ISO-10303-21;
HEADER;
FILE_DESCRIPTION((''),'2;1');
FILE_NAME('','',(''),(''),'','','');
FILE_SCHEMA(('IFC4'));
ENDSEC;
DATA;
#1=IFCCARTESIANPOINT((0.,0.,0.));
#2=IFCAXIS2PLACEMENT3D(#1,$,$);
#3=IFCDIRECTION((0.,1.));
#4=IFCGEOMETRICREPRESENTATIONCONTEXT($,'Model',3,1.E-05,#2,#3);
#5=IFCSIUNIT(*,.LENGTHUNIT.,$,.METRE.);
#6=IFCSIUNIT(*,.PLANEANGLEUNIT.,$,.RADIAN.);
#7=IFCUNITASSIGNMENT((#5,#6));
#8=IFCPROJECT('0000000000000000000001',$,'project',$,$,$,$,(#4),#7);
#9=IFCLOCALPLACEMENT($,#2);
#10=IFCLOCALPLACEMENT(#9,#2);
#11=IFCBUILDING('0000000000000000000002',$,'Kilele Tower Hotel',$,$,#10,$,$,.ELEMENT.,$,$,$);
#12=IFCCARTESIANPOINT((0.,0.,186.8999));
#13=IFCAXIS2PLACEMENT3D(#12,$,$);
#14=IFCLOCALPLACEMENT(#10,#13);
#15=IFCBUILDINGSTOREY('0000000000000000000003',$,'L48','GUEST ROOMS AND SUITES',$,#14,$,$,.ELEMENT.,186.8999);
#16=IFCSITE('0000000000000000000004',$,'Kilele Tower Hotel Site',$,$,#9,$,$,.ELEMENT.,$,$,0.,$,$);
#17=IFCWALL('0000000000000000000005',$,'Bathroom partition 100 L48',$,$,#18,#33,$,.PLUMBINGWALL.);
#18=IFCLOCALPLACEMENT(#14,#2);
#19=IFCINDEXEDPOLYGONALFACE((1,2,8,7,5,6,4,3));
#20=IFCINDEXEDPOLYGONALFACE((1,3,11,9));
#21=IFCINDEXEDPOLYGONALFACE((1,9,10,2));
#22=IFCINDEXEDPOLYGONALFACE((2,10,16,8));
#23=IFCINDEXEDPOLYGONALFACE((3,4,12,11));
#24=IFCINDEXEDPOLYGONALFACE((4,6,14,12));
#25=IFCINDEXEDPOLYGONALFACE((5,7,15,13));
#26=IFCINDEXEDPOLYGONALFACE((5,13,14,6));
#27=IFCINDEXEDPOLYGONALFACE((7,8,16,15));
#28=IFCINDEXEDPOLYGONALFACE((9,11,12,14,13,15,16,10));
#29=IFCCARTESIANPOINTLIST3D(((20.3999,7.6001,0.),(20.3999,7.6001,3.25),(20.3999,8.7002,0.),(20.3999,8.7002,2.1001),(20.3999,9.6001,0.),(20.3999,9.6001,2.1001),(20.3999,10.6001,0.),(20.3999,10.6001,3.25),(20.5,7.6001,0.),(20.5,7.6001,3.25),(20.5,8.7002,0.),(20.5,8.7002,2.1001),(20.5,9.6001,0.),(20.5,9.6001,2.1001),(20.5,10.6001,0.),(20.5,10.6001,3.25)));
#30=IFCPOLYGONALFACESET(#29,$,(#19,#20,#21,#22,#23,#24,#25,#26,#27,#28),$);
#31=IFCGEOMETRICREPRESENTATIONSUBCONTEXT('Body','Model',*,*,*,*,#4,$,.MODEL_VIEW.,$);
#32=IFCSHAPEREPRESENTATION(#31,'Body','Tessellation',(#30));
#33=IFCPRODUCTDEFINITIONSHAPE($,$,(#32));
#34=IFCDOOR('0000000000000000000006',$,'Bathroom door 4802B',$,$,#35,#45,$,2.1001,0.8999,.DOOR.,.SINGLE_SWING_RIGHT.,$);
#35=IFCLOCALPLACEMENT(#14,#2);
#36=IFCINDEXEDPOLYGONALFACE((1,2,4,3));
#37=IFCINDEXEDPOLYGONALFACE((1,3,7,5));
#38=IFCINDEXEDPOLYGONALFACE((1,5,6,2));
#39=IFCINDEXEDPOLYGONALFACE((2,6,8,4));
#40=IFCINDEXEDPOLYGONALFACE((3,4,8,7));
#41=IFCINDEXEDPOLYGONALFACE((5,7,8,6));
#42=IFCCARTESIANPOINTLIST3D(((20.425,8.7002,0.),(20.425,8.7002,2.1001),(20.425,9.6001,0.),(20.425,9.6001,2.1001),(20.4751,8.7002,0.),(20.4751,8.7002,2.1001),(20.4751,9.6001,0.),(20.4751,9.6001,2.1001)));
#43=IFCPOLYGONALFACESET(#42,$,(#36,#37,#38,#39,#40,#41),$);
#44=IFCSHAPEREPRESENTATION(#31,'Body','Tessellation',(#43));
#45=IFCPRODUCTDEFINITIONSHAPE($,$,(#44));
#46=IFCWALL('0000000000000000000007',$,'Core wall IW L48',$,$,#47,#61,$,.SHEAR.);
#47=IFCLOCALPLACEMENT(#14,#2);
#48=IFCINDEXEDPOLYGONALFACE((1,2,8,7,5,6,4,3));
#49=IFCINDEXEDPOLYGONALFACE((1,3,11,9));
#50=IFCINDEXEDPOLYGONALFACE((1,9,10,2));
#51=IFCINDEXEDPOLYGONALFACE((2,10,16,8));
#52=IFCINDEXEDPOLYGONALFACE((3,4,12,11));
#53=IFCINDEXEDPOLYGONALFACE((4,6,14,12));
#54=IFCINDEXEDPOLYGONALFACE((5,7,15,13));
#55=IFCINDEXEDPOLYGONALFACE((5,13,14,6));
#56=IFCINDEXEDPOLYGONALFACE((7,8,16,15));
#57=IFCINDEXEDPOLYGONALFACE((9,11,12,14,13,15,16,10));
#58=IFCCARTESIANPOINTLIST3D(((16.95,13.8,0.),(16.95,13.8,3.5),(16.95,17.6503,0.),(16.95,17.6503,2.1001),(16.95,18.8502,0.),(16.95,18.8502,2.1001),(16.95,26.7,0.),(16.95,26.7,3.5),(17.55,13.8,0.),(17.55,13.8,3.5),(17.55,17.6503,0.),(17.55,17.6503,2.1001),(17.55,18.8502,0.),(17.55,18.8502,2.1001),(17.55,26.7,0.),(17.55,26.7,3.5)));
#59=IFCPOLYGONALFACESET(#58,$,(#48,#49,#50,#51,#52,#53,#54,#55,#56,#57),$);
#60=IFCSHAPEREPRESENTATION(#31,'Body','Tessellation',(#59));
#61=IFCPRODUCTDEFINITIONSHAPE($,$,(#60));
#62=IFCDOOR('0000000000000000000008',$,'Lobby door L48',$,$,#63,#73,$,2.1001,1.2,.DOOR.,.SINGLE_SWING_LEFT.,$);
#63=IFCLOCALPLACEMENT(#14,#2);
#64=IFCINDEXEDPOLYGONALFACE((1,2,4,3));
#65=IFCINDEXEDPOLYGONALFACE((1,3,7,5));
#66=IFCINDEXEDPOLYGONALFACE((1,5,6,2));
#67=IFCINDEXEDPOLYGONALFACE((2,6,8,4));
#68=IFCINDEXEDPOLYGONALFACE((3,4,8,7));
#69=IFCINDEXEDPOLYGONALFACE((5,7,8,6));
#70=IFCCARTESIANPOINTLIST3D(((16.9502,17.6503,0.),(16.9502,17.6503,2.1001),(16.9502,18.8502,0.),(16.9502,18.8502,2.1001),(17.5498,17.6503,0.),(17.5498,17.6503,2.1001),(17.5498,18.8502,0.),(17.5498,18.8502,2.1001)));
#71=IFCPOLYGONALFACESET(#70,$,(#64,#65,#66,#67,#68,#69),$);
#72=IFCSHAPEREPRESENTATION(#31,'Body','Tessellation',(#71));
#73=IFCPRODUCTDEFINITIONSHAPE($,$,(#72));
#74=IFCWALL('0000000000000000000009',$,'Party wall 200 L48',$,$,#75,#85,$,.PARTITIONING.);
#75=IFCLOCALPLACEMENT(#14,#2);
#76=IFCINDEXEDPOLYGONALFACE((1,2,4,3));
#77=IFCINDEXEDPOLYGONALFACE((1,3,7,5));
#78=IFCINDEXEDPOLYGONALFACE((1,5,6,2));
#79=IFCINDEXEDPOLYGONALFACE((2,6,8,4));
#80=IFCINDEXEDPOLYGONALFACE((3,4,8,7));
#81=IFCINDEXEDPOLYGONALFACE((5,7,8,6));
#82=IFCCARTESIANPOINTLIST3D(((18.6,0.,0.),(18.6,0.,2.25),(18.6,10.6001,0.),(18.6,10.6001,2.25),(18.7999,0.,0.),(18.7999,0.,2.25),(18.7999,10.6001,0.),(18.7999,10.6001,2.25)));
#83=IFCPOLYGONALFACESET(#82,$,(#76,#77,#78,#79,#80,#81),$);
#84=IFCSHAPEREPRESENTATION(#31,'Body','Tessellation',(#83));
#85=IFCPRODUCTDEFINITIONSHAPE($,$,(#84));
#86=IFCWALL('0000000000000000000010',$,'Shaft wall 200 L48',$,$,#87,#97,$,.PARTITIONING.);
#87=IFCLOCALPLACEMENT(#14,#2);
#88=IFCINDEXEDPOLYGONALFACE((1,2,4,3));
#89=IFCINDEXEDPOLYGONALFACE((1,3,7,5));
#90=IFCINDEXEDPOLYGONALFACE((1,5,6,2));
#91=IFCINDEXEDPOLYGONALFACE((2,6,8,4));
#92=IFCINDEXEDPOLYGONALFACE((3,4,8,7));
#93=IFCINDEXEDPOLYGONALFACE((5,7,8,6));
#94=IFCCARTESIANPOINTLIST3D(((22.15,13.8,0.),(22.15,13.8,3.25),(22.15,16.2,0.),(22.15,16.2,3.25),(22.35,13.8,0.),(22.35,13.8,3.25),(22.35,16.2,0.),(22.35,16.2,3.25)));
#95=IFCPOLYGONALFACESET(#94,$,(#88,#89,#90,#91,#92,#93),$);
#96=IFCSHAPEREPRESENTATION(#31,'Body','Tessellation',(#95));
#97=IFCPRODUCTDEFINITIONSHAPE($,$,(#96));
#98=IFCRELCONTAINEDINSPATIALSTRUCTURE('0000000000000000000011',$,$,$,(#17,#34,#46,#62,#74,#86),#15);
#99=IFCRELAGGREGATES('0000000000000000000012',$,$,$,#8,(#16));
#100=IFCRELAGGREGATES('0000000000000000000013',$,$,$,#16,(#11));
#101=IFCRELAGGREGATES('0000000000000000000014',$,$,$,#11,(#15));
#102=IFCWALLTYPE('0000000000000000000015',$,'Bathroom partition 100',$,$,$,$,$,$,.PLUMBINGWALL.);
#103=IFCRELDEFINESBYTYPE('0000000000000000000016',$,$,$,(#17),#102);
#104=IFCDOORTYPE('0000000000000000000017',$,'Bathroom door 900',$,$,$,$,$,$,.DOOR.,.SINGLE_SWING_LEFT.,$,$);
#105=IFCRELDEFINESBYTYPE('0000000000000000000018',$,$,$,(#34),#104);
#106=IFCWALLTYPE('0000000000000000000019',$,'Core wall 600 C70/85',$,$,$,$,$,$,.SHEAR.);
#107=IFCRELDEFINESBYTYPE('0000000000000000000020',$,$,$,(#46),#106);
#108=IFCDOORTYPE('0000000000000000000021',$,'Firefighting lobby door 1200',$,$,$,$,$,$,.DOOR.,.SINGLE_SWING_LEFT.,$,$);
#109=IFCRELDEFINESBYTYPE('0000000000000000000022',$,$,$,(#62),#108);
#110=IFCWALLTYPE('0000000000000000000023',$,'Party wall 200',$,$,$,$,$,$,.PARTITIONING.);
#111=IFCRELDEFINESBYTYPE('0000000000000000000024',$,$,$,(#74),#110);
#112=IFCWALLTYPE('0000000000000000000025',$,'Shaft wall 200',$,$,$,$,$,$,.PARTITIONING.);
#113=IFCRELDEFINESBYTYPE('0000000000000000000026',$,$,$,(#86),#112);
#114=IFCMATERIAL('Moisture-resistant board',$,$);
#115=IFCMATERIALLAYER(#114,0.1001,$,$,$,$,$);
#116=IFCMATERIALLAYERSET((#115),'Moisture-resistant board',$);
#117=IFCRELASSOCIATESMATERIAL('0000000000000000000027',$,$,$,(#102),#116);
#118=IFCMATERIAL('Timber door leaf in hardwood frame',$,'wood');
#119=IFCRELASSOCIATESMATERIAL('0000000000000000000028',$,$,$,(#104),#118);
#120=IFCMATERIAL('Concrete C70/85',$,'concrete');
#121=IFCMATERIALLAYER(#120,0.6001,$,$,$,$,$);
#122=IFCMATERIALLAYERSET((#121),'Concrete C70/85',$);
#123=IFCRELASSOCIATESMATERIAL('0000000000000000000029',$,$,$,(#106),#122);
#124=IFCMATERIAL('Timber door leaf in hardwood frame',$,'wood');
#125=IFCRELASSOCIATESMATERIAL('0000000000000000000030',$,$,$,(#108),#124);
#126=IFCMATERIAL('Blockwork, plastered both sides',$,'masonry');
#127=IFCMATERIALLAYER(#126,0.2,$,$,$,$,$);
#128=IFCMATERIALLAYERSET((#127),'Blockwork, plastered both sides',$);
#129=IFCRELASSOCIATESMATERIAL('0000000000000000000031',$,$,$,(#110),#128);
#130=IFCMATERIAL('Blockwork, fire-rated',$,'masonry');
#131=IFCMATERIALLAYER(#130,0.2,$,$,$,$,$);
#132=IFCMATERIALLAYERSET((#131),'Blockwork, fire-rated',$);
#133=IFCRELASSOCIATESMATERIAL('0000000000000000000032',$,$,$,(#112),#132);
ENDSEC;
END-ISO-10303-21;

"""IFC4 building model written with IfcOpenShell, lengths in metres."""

from ifc_helpers import new_model, si_unit, direction, frame, frame_2d, origin, place, context, subcontext, project, spatial, rectangle, extrude, material, layer, layer_set, type_object, element, fill, save


model = new_model("IFC4")

# Units and contexts
model_context = context("Model", 3, precision=1e-05, world=origin(), true_north=direction((0.0, 1.0)))
body_context = subcontext(model_context, "Body", "Model", "MODEL_VIEW")
ifc_project = project(units=[si_unit("LENGTHUNIT", "METRE"), si_unit("PLANEANGLEUNIT", "RADIAN")], contexts=[model_context])

# Site, building, storey
site_placement = place(None, origin())
site = spatial("IfcSite", under=ifc_project, at=site_placement, Name="Kilele Tower Hotel Site", CompositionType="ELEMENT", RefElevation=0.0)
building_placement = place(site_placement, origin())
building = spatial("IfcBuilding", under=site, at=building_placement, Name="Kilele Tower Hotel", CompositionType="ELEMENT")
storey_placement = place(building_placement, frame((0.0, 0.0, 186.8999)))
storey = spatial("IfcBuildingStorey", under=building, at=storey_placement, Name="L48", Description="GUEST ROOMS AND SUITES", CompositionType="ELEMENT", Elevation=186.8999)

# Walls, openings, doors
ifc_material_1 = material(Name="Moisture-resistant board")
ifc_layer_1 = layer(ifc_material_1, 0.1001)
ifc_layer_set_1 = layer_set([ifc_layer_1], Name="Moisture-resistant board")
wall_type_1 = type_object("IfcWallType", Name="Bathroom partition 100", PredefinedType="PLUMBINGWALL", material=ifc_layer_set_1)
wall_1_placement = place(storey_placement, frame((20.45, 10.6001, 0.0), z_axis=(0.0, 0.0, 1.0), x_axis=(0.0, -1.0, 0.0)))
wall_1 = element("IfcWall", 1, at=wall_1_placement, inside=storey, type_object=wall_type_1, Name="Bathroom partition 100 L48", PredefinedType="PLUMBINGWALL", context=body_context, shape_type="SweptSolid", body=[
    extrude(rectangle(XDim=3.0, YDim=0.1001, at=frame_2d((1.5, 0.0))), origin(), (0.0, 0.0, 1.0), 3.25),
])
opening_1_placement = place(wall_1_placement, frame((1.8999, 0.0, 0.0), z_axis=(0.0, 0.0, 1.0), x_axis=(-1.0, 0.0, 0.0)))
opening_1 = element("IfcOpeningElement", 2, at=opening_1_placement, cuts=wall_1, PredefinedType="OPENING", context=body_context, shape_type="SweptSolid", body=[
    extrude(rectangle(XDim=0.8999, YDim=2.1001, at=frame_2d((0.45, 1.05))), frame((0.0, 0.0601, 0.0), z_axis=(0.0, -1.0, 0.0), x_axis=(1.0, 0.0, 0.0)), (0.0, 0.0, 1.0), 0.1201),
])
ifc_material_2 = material(Name="Timber door leaf in hardwood frame", Category="wood")
door_type_1 = type_object("IfcDoorType", Name="Bathroom door 900", OperationType="SINGLE_SWING_LEFT", PredefinedType="DOOR", material=ifc_material_2)
door_1_placement = place(opening_1_placement, origin())
door_1 = element("IfcDoor", 3, at=door_1_placement, inside=storey, type_object=door_type_1, Name="Bathroom door 4802B", OperationType="SINGLE_SWING_RIGHT", OverallHeight=2.1001, OverallWidth=0.8999, PredefinedType="DOOR", context=body_context, shape_type="SweptSolid", body=[
    extrude(rectangle(XDim=0.8999, YDim=2.1001, at=frame_2d((0.45, 1.05))), frame((0.0, 0.0249, 0.0), z_axis=(0.0, -1.0, 0.0), x_axis=(1.0, 0.0, 0.0)), (0.0, 0.0, 1.0), 0.05),
])
fill(opening_1, door_1)
ifc_material_3 = material(Name="Concrete C70/85", Category="concrete")
ifc_layer_2 = layer(ifc_material_3, 0.6001)
ifc_layer_set_2 = layer_set([ifc_layer_2], Name="Concrete C70/85")
wall_type_2 = type_object("IfcWallType", Name="Core wall 600 C70/85", PredefinedType="SHEAR", material=ifc_layer_set_2)
wall_2_placement = place(storey_placement, frame((17.25, 13.8, 0.0), z_axis=(0.0, 0.0, 1.0), x_axis=(0.0, 1.0, 0.0)))
wall_2 = element("IfcWall", 4, at=wall_2_placement, inside=storey, type_object=wall_type_2, Name="Core wall IW L48", PredefinedType="SHEAR", context=body_context, shape_type="SweptSolid", body=[
    extrude(rectangle(XDim=12.8999, YDim=0.6001, at=frame_2d((6.45, 0.0))), origin(), (0.0, 0.0, 1.0), 3.5),
])
opening_2_placement = place(wall_2_placement, frame((3.8501, 0.0, 0.0)))
opening_2 = element("IfcOpeningElement", 5, at=opening_2_placement, cuts=wall_2, PredefinedType="OPENING", context=body_context, shape_type="SweptSolid", body=[
    extrude(rectangle(XDim=1.2, YDim=2.1001, at=frame_2d((0.6001, 1.05))), frame((0.0, 0.3101, 0.0), z_axis=(0.0, -1.0, 0.0), x_axis=(1.0, 0.0, 0.0)), (0.0, 0.0, 1.0), 0.6201),
])
ifc_material_4 = material(Name="Timber door leaf in hardwood frame", Category="wood")
door_type_2 = type_object("IfcDoorType", Name="Firefighting lobby door 1200", OperationType="SINGLE_SWING_LEFT", PredefinedType="DOOR", material=ifc_material_4)
door_2_placement = place(opening_2_placement, origin())
door_2 = element("IfcDoor", 6, at=door_2_placement, inside=storey, type_object=door_type_2, Name="Lobby door L48", OperationType="SINGLE_SWING_LEFT", OverallHeight=2.1001, OverallWidth=1.2, PredefinedType="DOOR", context=body_context, shape_type="SweptSolid", body=[
    extrude(rectangle(XDim=1.2, YDim=2.1001, at=frame_2d((0.6001, 1.05))), frame((0.0, 0.2998, 0.0), z_axis=(0.0, -1.0, 0.0), x_axis=(1.0, 0.0, 0.0)), (0.0, 0.0, 1.0), 0.5996),
])
fill(opening_2, door_2)

# Walls
ifc_material_5 = material(Name="Blockwork, plastered both sides", Category="masonry")
ifc_layer_3 = layer(ifc_material_5, 0.2)
ifc_layer_set_3 = layer_set([ifc_layer_3], Name="Blockwork, plastered both sides")
wall_type_3 = type_object("IfcWallType", Name="Party wall 200", PredefinedType="PARTITIONING", material=ifc_layer_set_3)
wall_3_placement = place(storey_placement, frame((18.7, 10.6001, 0.0), z_axis=(0.0, 0.0, 1.0), x_axis=(0.0, -1.0, 0.0)))
element("IfcWall", 7, at=wall_3_placement, inside=storey, type_object=wall_type_3, Name="Party wall 200 L48", PredefinedType="PARTITIONING", context=body_context, shape_type="SweptSolid", body=[
    extrude(rectangle(XDim=10.6001, YDim=0.2, at=frame_2d((5.3, 0.0))), origin(), (0.0, 0.0, 1.0), 2.25),
])
ifc_material_6 = material(Name="Blockwork, fire-rated", Category="masonry")
ifc_layer_4 = layer(ifc_material_6, 0.2)
ifc_layer_set_4 = layer_set([ifc_layer_4], Name="Blockwork, fire-rated")
wall_type_4 = type_object("IfcWallType", Name="Shaft wall 200", PredefinedType="PARTITIONING", material=ifc_layer_set_4)
wall_4_placement = place(storey_placement, frame((22.25, 13.8, 0.0), z_axis=(0.0, 0.0, 1.0), x_axis=(0.0, 1.0, 0.0)))
element("IfcWall", 8, at=wall_4_placement, inside=storey, type_object=wall_type_4, Name="Shaft wall 200 L48", PredefinedType="PARTITIONING", context=body_context, shape_type="SweptSolid", body=[
    extrude(rectangle(XDim=2.3999, YDim=0.2, at=frame_2d((1.2, 0.0))), origin(), (0.0, 0.0, 1.0), 3.25),
])

save(model, "model.ifc")
